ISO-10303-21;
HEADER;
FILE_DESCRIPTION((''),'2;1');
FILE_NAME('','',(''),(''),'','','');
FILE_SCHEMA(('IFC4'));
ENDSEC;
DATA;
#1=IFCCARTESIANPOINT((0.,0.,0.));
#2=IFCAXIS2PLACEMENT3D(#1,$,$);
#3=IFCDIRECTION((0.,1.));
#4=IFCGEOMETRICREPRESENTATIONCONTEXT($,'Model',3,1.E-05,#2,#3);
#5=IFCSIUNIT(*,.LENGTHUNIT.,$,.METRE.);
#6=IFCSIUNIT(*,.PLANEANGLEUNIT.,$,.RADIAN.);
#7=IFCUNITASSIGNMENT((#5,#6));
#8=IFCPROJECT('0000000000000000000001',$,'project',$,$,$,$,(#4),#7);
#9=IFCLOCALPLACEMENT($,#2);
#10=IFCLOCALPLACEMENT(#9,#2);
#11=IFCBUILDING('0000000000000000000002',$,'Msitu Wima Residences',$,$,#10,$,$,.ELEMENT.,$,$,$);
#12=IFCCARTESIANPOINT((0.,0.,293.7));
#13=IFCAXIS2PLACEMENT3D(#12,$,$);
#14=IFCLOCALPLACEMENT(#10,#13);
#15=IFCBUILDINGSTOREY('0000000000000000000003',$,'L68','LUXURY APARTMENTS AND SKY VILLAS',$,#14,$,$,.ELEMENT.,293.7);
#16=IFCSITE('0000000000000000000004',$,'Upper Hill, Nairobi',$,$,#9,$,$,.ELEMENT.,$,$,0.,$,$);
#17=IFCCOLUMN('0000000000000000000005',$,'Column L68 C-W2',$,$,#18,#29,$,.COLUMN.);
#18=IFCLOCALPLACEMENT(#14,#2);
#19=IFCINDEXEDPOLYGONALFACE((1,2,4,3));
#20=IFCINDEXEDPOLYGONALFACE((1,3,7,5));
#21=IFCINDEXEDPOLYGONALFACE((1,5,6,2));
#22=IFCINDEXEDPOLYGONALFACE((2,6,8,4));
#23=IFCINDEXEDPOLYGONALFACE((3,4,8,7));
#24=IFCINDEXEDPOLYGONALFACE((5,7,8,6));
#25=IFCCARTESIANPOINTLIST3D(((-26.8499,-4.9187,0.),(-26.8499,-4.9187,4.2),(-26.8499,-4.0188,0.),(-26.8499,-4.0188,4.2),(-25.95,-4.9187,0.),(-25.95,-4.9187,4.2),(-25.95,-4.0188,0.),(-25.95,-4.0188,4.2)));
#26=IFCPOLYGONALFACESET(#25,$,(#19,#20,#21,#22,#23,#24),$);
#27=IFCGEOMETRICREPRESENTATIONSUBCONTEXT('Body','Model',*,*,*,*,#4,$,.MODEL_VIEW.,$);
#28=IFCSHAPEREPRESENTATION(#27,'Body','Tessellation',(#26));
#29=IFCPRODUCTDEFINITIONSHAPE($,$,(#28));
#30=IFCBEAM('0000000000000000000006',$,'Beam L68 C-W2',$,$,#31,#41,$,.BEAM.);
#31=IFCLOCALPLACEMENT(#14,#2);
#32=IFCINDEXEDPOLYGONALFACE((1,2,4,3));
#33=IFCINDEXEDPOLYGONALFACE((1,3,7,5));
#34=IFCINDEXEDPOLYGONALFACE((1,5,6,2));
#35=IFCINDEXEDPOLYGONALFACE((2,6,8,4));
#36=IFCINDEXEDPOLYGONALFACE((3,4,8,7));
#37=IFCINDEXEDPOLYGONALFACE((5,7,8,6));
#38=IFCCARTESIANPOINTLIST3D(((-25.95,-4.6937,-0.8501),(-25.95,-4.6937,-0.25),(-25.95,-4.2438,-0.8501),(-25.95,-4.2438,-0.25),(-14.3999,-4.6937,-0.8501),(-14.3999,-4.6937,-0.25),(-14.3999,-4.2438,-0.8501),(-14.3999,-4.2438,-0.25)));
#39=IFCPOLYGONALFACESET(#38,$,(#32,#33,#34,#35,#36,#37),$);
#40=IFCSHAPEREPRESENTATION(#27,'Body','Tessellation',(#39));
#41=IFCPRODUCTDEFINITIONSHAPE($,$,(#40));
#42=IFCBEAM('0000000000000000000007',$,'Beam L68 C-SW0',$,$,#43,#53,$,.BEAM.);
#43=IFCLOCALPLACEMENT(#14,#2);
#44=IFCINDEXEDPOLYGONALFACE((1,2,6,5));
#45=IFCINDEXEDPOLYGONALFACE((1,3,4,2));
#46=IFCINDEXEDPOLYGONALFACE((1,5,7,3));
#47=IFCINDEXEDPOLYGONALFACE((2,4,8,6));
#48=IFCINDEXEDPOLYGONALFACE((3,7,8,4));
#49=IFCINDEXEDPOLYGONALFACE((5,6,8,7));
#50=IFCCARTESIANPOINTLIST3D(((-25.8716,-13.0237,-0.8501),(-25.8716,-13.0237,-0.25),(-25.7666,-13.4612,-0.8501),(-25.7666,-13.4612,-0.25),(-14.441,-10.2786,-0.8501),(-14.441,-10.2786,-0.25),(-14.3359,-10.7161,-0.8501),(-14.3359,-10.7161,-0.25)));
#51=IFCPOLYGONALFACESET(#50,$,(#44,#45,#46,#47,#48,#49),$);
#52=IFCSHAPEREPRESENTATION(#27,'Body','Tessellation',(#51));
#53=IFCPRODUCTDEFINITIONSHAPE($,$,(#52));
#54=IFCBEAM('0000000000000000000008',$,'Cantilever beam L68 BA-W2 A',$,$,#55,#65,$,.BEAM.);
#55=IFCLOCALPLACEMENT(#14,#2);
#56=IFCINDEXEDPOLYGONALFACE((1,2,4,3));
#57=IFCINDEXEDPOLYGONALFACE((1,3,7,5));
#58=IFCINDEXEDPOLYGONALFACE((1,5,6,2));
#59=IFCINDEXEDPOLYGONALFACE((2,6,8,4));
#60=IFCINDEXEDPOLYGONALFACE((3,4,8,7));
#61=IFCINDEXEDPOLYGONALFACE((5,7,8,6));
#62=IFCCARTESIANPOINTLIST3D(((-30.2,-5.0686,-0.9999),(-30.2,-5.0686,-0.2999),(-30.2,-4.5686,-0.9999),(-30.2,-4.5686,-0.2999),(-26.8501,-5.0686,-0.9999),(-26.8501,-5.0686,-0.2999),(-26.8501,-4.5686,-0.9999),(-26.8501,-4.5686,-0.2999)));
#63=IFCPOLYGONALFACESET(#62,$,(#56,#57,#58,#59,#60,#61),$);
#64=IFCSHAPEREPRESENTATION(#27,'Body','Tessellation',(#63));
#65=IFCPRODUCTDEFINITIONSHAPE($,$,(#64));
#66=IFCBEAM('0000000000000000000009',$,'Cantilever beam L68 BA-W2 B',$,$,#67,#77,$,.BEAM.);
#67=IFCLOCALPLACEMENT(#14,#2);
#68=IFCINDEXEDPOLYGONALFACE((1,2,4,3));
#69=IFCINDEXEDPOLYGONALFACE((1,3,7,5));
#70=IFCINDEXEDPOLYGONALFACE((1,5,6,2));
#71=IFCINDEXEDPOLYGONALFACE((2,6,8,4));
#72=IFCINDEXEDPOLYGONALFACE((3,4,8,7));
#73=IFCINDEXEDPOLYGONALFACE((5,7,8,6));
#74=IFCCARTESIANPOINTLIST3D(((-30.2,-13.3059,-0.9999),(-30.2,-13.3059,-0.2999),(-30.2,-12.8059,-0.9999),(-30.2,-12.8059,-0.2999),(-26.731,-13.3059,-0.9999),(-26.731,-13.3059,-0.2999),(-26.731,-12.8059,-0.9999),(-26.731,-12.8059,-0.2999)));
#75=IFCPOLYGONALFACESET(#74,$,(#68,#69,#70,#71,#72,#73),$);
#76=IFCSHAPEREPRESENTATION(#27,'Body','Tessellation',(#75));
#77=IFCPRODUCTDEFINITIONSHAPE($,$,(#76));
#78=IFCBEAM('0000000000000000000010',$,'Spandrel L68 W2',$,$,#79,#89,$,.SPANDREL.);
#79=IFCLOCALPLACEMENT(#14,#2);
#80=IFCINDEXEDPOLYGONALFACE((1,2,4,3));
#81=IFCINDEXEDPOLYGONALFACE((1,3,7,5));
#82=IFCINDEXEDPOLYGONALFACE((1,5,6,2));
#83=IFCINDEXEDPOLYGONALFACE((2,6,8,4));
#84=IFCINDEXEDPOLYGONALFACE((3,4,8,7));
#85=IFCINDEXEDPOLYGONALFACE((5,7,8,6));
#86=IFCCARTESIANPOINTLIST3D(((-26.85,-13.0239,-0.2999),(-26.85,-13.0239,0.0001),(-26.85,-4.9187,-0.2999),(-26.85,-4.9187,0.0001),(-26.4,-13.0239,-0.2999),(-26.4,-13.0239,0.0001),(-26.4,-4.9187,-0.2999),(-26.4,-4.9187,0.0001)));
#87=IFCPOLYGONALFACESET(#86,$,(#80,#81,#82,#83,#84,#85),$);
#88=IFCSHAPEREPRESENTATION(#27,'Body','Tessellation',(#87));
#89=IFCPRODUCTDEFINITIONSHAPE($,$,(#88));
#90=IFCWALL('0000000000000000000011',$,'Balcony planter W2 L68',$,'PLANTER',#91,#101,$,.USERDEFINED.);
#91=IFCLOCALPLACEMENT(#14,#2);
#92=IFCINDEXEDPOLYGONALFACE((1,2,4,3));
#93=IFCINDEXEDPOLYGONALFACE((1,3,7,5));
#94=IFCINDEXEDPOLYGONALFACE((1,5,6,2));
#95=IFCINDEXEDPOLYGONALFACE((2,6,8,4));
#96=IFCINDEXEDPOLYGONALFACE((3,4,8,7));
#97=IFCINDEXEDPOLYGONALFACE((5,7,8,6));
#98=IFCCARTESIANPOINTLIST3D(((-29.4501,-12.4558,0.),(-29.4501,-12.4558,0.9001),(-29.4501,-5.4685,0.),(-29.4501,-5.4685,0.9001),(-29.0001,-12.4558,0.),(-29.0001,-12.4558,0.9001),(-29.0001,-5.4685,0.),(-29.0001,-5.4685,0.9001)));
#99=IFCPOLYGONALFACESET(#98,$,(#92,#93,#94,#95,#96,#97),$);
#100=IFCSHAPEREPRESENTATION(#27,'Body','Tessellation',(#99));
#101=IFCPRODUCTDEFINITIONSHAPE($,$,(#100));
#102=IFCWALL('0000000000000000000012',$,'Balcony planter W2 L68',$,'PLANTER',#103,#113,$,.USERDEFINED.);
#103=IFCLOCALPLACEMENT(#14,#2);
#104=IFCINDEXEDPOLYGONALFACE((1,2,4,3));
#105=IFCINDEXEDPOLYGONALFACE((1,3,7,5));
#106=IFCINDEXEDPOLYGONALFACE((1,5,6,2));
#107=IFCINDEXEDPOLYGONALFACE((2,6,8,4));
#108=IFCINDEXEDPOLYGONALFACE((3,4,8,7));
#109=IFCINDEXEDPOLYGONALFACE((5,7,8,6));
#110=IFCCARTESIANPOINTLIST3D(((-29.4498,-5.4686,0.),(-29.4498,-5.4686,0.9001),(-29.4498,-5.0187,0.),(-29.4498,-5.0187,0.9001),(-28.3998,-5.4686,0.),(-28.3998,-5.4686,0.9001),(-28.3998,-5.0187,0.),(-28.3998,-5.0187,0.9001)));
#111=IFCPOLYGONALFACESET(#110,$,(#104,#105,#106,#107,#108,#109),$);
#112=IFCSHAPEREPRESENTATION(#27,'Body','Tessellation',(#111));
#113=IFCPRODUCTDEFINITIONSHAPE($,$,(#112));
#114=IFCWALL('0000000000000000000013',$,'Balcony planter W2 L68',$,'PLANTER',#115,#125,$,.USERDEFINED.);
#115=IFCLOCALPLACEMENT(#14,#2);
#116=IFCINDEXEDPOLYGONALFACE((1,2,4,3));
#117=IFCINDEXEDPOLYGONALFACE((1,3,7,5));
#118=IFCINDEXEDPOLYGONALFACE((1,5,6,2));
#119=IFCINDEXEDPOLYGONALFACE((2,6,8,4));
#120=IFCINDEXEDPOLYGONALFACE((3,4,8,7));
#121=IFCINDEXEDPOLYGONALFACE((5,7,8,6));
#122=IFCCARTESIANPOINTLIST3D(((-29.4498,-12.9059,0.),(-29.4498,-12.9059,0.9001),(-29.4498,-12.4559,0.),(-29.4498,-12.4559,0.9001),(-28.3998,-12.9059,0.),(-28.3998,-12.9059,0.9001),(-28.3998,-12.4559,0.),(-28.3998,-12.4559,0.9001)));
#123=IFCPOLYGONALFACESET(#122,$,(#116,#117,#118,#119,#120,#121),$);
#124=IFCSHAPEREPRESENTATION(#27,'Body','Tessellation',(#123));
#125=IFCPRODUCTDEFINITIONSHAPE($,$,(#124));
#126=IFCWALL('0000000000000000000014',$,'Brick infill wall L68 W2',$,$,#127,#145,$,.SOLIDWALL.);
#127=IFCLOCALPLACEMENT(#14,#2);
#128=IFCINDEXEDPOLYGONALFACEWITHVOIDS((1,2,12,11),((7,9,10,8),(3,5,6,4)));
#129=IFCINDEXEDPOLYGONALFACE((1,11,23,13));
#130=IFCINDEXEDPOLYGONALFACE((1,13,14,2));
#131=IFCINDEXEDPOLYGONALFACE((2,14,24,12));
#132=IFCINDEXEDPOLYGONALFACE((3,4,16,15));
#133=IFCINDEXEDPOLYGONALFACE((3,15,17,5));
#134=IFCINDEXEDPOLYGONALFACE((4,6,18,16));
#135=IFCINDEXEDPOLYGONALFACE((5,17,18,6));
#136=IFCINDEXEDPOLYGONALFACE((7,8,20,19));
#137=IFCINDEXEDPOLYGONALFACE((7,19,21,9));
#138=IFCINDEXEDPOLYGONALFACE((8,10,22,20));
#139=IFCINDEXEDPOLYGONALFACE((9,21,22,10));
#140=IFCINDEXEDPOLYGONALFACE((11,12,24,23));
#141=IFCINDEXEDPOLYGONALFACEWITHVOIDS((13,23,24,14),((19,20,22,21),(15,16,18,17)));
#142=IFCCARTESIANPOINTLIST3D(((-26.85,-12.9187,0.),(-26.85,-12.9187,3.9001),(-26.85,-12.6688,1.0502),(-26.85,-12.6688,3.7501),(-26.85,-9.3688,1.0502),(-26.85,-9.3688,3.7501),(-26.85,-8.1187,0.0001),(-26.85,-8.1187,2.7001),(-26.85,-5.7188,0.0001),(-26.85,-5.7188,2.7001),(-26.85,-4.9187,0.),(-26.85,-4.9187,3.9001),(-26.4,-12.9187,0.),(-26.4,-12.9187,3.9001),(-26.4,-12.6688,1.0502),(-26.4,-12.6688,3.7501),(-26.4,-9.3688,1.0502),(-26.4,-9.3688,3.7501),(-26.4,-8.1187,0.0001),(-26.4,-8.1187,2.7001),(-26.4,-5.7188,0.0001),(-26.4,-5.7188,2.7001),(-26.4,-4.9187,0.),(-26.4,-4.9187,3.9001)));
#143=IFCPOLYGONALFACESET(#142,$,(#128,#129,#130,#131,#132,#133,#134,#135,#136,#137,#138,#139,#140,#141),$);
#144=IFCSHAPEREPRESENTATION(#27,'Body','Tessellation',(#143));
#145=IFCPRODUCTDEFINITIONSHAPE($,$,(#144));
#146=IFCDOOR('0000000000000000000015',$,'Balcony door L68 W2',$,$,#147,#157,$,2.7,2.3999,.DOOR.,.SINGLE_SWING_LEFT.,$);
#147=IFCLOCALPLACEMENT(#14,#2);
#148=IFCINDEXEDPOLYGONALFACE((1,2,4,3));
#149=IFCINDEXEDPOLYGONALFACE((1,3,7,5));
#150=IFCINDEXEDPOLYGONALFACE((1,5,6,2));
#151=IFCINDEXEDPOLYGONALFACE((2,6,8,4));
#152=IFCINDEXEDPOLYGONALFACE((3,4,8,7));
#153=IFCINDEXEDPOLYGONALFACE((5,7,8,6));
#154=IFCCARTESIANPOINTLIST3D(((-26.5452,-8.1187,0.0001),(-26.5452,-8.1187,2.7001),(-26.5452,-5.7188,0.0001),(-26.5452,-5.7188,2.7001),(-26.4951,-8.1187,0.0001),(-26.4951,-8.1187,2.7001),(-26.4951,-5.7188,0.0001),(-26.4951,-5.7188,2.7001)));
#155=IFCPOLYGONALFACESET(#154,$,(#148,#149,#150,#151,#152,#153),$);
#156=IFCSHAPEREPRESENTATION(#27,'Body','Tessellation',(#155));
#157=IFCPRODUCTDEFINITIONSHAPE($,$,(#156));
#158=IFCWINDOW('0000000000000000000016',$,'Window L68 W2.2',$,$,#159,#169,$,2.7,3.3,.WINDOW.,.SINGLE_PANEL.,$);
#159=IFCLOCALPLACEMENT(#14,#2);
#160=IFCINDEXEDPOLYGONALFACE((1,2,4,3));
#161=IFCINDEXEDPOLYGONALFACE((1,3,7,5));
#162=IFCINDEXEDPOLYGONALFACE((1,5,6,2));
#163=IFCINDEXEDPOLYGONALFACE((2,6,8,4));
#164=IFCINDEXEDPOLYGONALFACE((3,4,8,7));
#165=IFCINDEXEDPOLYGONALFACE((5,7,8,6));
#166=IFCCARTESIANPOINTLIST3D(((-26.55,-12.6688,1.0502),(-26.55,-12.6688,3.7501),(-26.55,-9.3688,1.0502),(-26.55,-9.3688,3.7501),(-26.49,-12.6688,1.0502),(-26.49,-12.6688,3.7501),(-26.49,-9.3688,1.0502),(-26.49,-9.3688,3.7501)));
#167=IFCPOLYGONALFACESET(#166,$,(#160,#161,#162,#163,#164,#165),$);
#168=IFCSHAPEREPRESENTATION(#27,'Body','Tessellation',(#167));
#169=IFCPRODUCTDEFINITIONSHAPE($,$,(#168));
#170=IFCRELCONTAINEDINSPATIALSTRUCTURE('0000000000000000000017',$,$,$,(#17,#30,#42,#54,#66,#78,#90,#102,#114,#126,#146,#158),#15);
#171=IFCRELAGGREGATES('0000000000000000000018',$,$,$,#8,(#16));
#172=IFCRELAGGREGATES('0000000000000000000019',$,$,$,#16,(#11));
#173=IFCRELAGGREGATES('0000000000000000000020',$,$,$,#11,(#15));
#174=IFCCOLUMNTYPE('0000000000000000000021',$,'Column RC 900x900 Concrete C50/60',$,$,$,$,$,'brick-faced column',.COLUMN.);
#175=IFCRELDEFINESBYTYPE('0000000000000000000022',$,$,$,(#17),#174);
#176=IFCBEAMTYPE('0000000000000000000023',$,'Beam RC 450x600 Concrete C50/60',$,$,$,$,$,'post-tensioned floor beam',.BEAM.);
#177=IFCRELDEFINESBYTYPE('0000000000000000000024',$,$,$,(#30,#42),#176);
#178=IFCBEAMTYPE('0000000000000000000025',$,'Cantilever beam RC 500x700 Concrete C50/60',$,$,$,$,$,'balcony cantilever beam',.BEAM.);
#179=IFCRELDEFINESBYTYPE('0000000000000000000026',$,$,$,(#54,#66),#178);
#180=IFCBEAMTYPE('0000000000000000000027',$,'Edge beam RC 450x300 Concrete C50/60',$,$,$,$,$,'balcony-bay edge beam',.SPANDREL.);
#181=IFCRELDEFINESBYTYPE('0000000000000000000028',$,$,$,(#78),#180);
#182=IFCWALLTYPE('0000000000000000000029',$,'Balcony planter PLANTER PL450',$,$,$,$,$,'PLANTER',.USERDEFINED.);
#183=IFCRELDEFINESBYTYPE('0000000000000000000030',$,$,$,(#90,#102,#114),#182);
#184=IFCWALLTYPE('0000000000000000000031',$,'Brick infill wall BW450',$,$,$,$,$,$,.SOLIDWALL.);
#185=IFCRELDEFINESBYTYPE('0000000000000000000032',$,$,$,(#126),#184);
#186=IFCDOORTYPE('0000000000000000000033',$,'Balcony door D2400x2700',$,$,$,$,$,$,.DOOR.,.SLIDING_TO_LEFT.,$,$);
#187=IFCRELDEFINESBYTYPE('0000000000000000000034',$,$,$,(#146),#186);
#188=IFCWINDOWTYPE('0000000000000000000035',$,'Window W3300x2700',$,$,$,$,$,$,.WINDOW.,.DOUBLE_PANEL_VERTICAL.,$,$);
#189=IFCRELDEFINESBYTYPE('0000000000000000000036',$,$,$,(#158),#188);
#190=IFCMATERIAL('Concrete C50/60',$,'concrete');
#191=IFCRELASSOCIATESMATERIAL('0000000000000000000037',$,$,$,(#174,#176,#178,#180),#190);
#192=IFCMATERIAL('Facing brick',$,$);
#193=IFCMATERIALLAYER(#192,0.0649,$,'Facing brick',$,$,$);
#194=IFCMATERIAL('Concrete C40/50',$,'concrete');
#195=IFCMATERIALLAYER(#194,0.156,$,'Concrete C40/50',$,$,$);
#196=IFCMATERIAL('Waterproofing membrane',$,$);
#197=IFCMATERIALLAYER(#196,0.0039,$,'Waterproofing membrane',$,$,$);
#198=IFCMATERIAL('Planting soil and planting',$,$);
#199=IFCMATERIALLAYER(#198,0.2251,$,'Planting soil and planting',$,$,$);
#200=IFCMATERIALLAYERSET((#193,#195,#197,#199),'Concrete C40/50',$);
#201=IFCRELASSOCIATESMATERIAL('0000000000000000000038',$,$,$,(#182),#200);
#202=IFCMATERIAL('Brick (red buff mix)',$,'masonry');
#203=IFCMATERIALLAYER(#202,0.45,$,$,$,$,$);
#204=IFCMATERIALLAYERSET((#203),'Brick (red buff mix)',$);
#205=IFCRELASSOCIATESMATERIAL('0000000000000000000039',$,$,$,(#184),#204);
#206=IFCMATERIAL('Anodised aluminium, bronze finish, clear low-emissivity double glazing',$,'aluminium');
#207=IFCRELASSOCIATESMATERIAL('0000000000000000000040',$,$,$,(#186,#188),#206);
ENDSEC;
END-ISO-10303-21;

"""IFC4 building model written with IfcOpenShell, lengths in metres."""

from ifc_helpers import new_model, si_unit, direction, frame, frame_2d, origin, origin_2d, place, context, subcontext, project, spatial, rectangle, extrude, material, layer, layer_set, material_profile, profile_set, type_object, element, fill, save


model = new_model("IFC4")

# Units and contexts
model_context = context("Model", 3, precision=1e-05, world=origin(), true_north=direction((0.0, 1.0)))
body_context = subcontext(model_context, "Body", "Model", "MODEL_VIEW")
ifc_project = project(units=[si_unit("LENGTHUNIT", "METRE"), si_unit("PLANEANGLEUNIT", "RADIAN")], contexts=[model_context])

# Site, building, storey
site_placement = place(None, origin())
site = spatial("IfcSite", under=ifc_project, at=site_placement, Name="Upper Hill, Nairobi", CompositionType="ELEMENT", RefElevation=0.0)
building_placement = place(site_placement, origin())
building = spatial("IfcBuilding", under=site, at=building_placement, Name="Msitu Wima Residences", CompositionType="ELEMENT")
storey_placement = place(building_placement, frame((0.0, 0.0, 293.7)))
storey = spatial("IfcBuildingStorey", under=building, at=storey_placement, Name="L68", Description="LUXURY APARTMENTS AND SKY VILLAS", CompositionType="ELEMENT", Elevation=293.7)

# Column
ifc_material_1 = material(Name="Concrete C50/60", Category="concrete")
ifc_material_profile_1 = material_profile(ifc_material_1, rectangle(XDim=0.8999, YDim=0.8999, at=origin_2d()), Name="RC 900x900")
ifc_profile_set_1 = profile_set([ifc_material_profile_1], Name="Concrete C50/60")
column_type = type_object("IfcColumnType", Name="Column RC 900x900 Concrete C50/60", ElementType="brick-faced column", PredefinedType="COLUMN", material=ifc_profile_set_1)
column_placement = place(storey_placement, frame((-26.3999, -4.4688, 0.0), z_axis=(0.0, 0.0, 1.0), x_axis=(0.0, -1.0, 0.0)))
element("IfcColumn", 1, at=column_placement, inside=storey, type_object=column_type, Name="Column L68 C-W2", PredefinedType="COLUMN", context=body_context, shape_type="SweptSolid", body=[
    extrude(rectangle(XDim=0.8999, YDim=0.8999, at=origin_2d()), origin(), (0.0, 0.0, 1.0), 4.2),
])

# Beams
ifc_material_profile_2 = material_profile(ifc_material_1, rectangle(XDim=0.45, YDim=0.6001, at=origin_2d()), Name="RC 450x600")
ifc_profile_set_2 = profile_set([ifc_material_profile_2], Name="Concrete C50/60")
beam_type_1 = type_object("IfcBeamType", Name="Beam RC 450x600 Concrete C50/60", ElementType="post-tensioned floor beam", PredefinedType="BEAM", material=ifc_profile_set_2)
beam_1_placement = place(storey_placement, frame((-25.95, -4.4688, -0.55), z_axis=(1.0, 0.0, 0.0), x_axis=(0.0, 1.0, 0.0)))
element("IfcBeam", 2, at=beam_1_placement, inside=storey, type_object=beam_type_1, Name="Beam L68 C-W2", PredefinedType="BEAM", context=body_context, shape_type="SweptSolid", body=[
    extrude(rectangle(XDim=0.45, YDim=0.6001, at=origin_2d()), origin(), (0.0, 0.0, 1.0), 11.55),
])
beam_2_placement = place(storey_placement, frame((-25.8191, -13.2424, -0.55), z_axis=(0.972353, 0.233514, 0.0), x_axis=(-0.233514, 0.972353, 0.0)))
element("IfcBeam", 3, at=beam_2_placement, inside=storey, type_object=beam_type_1, Name="Beam L68 C-SW0", PredefinedType="BEAM", context=body_context, shape_type="SweptSolid", body=[
    extrude(rectangle(XDim=0.45, YDim=0.6001, at=origin_2d()), origin(), (0.0, 0.0, 1.0), 11.7556),
])
ifc_material_profile_3 = material_profile(ifc_material_1, rectangle(XDim=0.5, YDim=0.7, at=origin_2d()), Name="RC 500x700")
ifc_profile_set_3 = profile_set([ifc_material_profile_3], Name="Concrete C50/60")
beam_type_2 = type_object("IfcBeamType", Name="Cantilever beam RC 500x700 Concrete C50/60", ElementType="balcony cantilever beam", PredefinedType="BEAM", material=ifc_profile_set_3)
beam_3_placement = place(storey_placement, frame((-26.8501, -4.8186, -0.6499), z_axis=(-1.0, 0.0, 0.0), x_axis=(0.0, -1.0, 0.0)))
element("IfcBeam", 4, at=beam_3_placement, inside=storey, type_object=beam_type_2, Name="Cantilever beam L68 BA-W2 A", PredefinedType="BEAM", context=body_context, shape_type="SweptSolid", body=[
    extrude(rectangle(XDim=0.5, YDim=0.7, at=origin_2d()), origin(), (0.0, 0.0, 1.0), 3.3499),
])
beam_4_placement = place(storey_placement, frame((-26.731, -13.0559, -0.6499), z_axis=(-1.0, 0.0, 0.0), x_axis=(0.0, -1.0, 0.0)))
element("IfcBeam", 5, at=beam_4_placement, inside=storey, type_object=beam_type_2, Name="Cantilever beam L68 BA-W2 B", PredefinedType="BEAM", context=body_context, shape_type="SweptSolid", body=[
    extrude(rectangle(XDim=0.5, YDim=0.7, at=origin_2d()), origin(), (0.0, 0.0, 1.0), 3.469),
])
ifc_material_profile_4 = material_profile(ifc_material_1, rectangle(XDim=0.45, YDim=0.3, at=origin_2d()), Name="RC 450x300")
ifc_profile_set_4 = profile_set([ifc_material_profile_4], Name="Concrete C50/60")
beam_type_3 = type_object("IfcBeamType", Name="Edge beam RC 450x300 Concrete C50/60", ElementType="balcony-bay edge beam", PredefinedType="SPANDREL", material=ifc_profile_set_4)
beam_5_placement = place(storey_placement, frame((-26.625, -4.9187, -0.1499), z_axis=(0.0, -1.0, 0.0), x_axis=(1.0, 0.0, 0.0)))
element("IfcBeam", 6, at=beam_5_placement, inside=storey, type_object=beam_type_3, Name="Spandrel L68 W2", PredefinedType="SPANDREL", context=body_context, shape_type="SweptSolid", body=[
    extrude(rectangle(XDim=0.45, YDim=0.3, at=origin_2d()), origin(), (0.0, 0.0, 1.0), 8.1052),
])

# Walls
ifc_material_2 = material(Name="Facing brick")
ifc_layer_1 = layer(ifc_material_2, 0.0649, Name="Facing brick")
ifc_material_3 = material(Name="Concrete C40/50", Category="concrete")
ifc_layer_2 = layer(ifc_material_3, 0.156, Name="Concrete C40/50")
ifc_material_4 = material(Name="Waterproofing membrane")
ifc_layer_3 = layer(ifc_material_4, 0.0039, Name="Waterproofing membrane")
ifc_material_5 = material(Name="Planting soil and planting")
ifc_layer_4 = layer(ifc_material_5, 0.2251, Name="Planting soil and planting")
ifc_layer_set_1 = layer_set([ifc_layer_1, ifc_layer_2, ifc_layer_3, ifc_layer_4], Name="Concrete C40/50")
wall_type_1 = type_object("IfcWallType", Name="Balcony planter PLANTER PL450", ElementType="PLANTER", PredefinedType="USERDEFINED", material=ifc_layer_set_1)
wall_1_placement = place(storey_placement, frame((-29.2251, -5.4685, 0.0), z_axis=(0.0, 0.0, 1.0), x_axis=(0.0, -1.0, 0.0)))
element("IfcWall", 7, at=wall_1_placement, inside=storey, type_object=wall_type_1, Name="Balcony planter W2 L68", ObjectType="PLANTER", PredefinedType="USERDEFINED", context=body_context, shape_type="SweptSolid", body=[
    extrude(rectangle(XDim=6.9873, YDim=0.45, at=frame_2d((3.4937, 0.0))), origin(), (0.0, 0.0, 1.0), 0.9001),
])
for number, where, z_axis, x_axis, name in (
    (8, (-28.3999, -5.2437, 0.0), (0.0, 0.0, 1.0), (-1.0, 0.0, 0.0), "Balcony planter W2 L68"),
    (9, (-28.3999, -12.6809, 0.0), (0.0, 0.0, 1.0), (-1.0, 0.0, 0.0), "Balcony planter W2 L68"),
):
    element("IfcWall", number, at=place(storey_placement, frame(where, z_axis=z_axis, x_axis=x_axis)), inside=storey, type_object=wall_type_1, Name=name, ObjectType="PLANTER", PredefinedType="USERDEFINED", context=body_context, shape_type="SweptSolid", body=[
        extrude(rectangle(XDim=1.05, YDim=0.45, at=frame_2d((0.5249, 0.0))), origin(), (0.0, 0.0, 1.0), 0.9001),
    ])

# Wall, openings, door, window
ifc_material_6 = material(Name="Brick (red buff mix)", Category="masonry")
ifc_layer_5 = layer(ifc_material_6, 0.45)
ifc_layer_set_2 = layer_set([ifc_layer_5], Name="Brick (red buff mix)")
wall_type_2 = type_object("IfcWallType", Name="Brick infill wall BW450", PredefinedType="SOLIDWALL", material=ifc_layer_set_2)
wall_2_placement = place(storey_placement, frame((-26.625, -4.9187, 0.0), z_axis=(0.0, 0.0, 1.0), x_axis=(0.0, -1.0, 0.0)))
wall_2 = element("IfcWall", 10, at=wall_2_placement, inside=storey, type_object=wall_type_2, Name="Brick infill wall L68 W2", PredefinedType="SOLIDWALL", context=body_context, shape_type="SweptSolid", body=[
    extrude(rectangle(XDim=8.0, YDim=0.45, at=frame_2d((4.0, 0.0))), origin(), (0.0, 0.0, 1.0), 3.9001),
])
opening_1_placement = place(wall_2_placement, frame((0.8, 0.0, 0.0)))
opening_1 = element("IfcOpeningElement", 11, at=opening_1_placement, cuts=wall_2, PredefinedType="OPENING", context=body_context, shape_type="SweptSolid", body=[
    extrude(rectangle(XDim=2.3999, YDim=2.7, at=frame_2d((1.2, 1.3501))), frame((0.0, 0.2349, 0.0), z_axis=(0.0, -1.0, 0.0), x_axis=(1.0, 0.0, 0.0)), (0.0, 0.0, 1.0), 0.47),
])
opening_2_placement = place(wall_2_placement, frame((4.4502, 0.0, 1.05)))
opening_2 = element("IfcOpeningElement", 12, at=opening_2_placement, cuts=wall_2, PredefinedType="OPENING", context=body_context, shape_type="SweptSolid", body=[
    extrude(rectangle(XDim=3.3, YDim=2.7, at=frame_2d((1.6499, 1.3501))), frame((0.0, 0.2349, 0.0), z_axis=(0.0, -1.0, 0.0), x_axis=(1.0, 0.0, 0.0)), (0.0, 0.0, 1.0), 0.47),
])
ifc_material_7 = material(Name="Anodised aluminium, bronze finish, clear low-emissivity double glazing", Category="aluminium")
door_type_1 = type_object("IfcDoorType", Name="Balcony door D2400x2700", OperationType="SLIDING_TO_LEFT", PredefinedType="DOOR", material=ifc_material_7)
door_1_placement = place(opening_1_placement, origin())
door_1 = element("IfcDoor", 13, at=door_1_placement, inside=storey, type_object=door_type_1, Name="Balcony door L68 W2", OperationType="SINGLE_SWING_LEFT", OverallHeight=2.7, OverallWidth=2.3999, PredefinedType="DOOR", context=body_context, shape_type="SweptSolid", body=[
    extrude(rectangle(XDim=2.3999, YDim=2.7, at=frame_2d((1.2, 1.3501))), frame((0.0, 0.1299, 0.0), z_axis=(0.0, -1.0, 0.0), x_axis=(1.0, 0.0, 0.0)), (0.0, 0.0, 1.0), 0.05),
])
fill(opening_1, door_1)
window_type = type_object("IfcWindowType", Name="Window W3300x2700", PartitioningType="DOUBLE_PANEL_VERTICAL", PredefinedType="WINDOW", material=ifc_material_7)
window_placement = place(opening_2_placement, origin())
window = element("IfcWindow", 14, at=window_placement, inside=storey, type_object=window_type, Name="Window L68 W2.2", OverallHeight=2.7, OverallWidth=3.3, PartitioningType="SINGLE_PANEL", PredefinedType="WINDOW", context=body_context, shape_type="SweptSolid", body=[
    extrude(rectangle(XDim=3.3, YDim=2.7, at=frame_2d((1.6499, 1.3501))), frame((0.0, 0.135, 0.0), z_axis=(0.0, -1.0, 0.0), x_axis=(1.0, 0.0, 0.0)), (0.0, 0.0, 1.0), 0.0601),
])
fill(opening_2, window)

save(model, "model.ifc")
